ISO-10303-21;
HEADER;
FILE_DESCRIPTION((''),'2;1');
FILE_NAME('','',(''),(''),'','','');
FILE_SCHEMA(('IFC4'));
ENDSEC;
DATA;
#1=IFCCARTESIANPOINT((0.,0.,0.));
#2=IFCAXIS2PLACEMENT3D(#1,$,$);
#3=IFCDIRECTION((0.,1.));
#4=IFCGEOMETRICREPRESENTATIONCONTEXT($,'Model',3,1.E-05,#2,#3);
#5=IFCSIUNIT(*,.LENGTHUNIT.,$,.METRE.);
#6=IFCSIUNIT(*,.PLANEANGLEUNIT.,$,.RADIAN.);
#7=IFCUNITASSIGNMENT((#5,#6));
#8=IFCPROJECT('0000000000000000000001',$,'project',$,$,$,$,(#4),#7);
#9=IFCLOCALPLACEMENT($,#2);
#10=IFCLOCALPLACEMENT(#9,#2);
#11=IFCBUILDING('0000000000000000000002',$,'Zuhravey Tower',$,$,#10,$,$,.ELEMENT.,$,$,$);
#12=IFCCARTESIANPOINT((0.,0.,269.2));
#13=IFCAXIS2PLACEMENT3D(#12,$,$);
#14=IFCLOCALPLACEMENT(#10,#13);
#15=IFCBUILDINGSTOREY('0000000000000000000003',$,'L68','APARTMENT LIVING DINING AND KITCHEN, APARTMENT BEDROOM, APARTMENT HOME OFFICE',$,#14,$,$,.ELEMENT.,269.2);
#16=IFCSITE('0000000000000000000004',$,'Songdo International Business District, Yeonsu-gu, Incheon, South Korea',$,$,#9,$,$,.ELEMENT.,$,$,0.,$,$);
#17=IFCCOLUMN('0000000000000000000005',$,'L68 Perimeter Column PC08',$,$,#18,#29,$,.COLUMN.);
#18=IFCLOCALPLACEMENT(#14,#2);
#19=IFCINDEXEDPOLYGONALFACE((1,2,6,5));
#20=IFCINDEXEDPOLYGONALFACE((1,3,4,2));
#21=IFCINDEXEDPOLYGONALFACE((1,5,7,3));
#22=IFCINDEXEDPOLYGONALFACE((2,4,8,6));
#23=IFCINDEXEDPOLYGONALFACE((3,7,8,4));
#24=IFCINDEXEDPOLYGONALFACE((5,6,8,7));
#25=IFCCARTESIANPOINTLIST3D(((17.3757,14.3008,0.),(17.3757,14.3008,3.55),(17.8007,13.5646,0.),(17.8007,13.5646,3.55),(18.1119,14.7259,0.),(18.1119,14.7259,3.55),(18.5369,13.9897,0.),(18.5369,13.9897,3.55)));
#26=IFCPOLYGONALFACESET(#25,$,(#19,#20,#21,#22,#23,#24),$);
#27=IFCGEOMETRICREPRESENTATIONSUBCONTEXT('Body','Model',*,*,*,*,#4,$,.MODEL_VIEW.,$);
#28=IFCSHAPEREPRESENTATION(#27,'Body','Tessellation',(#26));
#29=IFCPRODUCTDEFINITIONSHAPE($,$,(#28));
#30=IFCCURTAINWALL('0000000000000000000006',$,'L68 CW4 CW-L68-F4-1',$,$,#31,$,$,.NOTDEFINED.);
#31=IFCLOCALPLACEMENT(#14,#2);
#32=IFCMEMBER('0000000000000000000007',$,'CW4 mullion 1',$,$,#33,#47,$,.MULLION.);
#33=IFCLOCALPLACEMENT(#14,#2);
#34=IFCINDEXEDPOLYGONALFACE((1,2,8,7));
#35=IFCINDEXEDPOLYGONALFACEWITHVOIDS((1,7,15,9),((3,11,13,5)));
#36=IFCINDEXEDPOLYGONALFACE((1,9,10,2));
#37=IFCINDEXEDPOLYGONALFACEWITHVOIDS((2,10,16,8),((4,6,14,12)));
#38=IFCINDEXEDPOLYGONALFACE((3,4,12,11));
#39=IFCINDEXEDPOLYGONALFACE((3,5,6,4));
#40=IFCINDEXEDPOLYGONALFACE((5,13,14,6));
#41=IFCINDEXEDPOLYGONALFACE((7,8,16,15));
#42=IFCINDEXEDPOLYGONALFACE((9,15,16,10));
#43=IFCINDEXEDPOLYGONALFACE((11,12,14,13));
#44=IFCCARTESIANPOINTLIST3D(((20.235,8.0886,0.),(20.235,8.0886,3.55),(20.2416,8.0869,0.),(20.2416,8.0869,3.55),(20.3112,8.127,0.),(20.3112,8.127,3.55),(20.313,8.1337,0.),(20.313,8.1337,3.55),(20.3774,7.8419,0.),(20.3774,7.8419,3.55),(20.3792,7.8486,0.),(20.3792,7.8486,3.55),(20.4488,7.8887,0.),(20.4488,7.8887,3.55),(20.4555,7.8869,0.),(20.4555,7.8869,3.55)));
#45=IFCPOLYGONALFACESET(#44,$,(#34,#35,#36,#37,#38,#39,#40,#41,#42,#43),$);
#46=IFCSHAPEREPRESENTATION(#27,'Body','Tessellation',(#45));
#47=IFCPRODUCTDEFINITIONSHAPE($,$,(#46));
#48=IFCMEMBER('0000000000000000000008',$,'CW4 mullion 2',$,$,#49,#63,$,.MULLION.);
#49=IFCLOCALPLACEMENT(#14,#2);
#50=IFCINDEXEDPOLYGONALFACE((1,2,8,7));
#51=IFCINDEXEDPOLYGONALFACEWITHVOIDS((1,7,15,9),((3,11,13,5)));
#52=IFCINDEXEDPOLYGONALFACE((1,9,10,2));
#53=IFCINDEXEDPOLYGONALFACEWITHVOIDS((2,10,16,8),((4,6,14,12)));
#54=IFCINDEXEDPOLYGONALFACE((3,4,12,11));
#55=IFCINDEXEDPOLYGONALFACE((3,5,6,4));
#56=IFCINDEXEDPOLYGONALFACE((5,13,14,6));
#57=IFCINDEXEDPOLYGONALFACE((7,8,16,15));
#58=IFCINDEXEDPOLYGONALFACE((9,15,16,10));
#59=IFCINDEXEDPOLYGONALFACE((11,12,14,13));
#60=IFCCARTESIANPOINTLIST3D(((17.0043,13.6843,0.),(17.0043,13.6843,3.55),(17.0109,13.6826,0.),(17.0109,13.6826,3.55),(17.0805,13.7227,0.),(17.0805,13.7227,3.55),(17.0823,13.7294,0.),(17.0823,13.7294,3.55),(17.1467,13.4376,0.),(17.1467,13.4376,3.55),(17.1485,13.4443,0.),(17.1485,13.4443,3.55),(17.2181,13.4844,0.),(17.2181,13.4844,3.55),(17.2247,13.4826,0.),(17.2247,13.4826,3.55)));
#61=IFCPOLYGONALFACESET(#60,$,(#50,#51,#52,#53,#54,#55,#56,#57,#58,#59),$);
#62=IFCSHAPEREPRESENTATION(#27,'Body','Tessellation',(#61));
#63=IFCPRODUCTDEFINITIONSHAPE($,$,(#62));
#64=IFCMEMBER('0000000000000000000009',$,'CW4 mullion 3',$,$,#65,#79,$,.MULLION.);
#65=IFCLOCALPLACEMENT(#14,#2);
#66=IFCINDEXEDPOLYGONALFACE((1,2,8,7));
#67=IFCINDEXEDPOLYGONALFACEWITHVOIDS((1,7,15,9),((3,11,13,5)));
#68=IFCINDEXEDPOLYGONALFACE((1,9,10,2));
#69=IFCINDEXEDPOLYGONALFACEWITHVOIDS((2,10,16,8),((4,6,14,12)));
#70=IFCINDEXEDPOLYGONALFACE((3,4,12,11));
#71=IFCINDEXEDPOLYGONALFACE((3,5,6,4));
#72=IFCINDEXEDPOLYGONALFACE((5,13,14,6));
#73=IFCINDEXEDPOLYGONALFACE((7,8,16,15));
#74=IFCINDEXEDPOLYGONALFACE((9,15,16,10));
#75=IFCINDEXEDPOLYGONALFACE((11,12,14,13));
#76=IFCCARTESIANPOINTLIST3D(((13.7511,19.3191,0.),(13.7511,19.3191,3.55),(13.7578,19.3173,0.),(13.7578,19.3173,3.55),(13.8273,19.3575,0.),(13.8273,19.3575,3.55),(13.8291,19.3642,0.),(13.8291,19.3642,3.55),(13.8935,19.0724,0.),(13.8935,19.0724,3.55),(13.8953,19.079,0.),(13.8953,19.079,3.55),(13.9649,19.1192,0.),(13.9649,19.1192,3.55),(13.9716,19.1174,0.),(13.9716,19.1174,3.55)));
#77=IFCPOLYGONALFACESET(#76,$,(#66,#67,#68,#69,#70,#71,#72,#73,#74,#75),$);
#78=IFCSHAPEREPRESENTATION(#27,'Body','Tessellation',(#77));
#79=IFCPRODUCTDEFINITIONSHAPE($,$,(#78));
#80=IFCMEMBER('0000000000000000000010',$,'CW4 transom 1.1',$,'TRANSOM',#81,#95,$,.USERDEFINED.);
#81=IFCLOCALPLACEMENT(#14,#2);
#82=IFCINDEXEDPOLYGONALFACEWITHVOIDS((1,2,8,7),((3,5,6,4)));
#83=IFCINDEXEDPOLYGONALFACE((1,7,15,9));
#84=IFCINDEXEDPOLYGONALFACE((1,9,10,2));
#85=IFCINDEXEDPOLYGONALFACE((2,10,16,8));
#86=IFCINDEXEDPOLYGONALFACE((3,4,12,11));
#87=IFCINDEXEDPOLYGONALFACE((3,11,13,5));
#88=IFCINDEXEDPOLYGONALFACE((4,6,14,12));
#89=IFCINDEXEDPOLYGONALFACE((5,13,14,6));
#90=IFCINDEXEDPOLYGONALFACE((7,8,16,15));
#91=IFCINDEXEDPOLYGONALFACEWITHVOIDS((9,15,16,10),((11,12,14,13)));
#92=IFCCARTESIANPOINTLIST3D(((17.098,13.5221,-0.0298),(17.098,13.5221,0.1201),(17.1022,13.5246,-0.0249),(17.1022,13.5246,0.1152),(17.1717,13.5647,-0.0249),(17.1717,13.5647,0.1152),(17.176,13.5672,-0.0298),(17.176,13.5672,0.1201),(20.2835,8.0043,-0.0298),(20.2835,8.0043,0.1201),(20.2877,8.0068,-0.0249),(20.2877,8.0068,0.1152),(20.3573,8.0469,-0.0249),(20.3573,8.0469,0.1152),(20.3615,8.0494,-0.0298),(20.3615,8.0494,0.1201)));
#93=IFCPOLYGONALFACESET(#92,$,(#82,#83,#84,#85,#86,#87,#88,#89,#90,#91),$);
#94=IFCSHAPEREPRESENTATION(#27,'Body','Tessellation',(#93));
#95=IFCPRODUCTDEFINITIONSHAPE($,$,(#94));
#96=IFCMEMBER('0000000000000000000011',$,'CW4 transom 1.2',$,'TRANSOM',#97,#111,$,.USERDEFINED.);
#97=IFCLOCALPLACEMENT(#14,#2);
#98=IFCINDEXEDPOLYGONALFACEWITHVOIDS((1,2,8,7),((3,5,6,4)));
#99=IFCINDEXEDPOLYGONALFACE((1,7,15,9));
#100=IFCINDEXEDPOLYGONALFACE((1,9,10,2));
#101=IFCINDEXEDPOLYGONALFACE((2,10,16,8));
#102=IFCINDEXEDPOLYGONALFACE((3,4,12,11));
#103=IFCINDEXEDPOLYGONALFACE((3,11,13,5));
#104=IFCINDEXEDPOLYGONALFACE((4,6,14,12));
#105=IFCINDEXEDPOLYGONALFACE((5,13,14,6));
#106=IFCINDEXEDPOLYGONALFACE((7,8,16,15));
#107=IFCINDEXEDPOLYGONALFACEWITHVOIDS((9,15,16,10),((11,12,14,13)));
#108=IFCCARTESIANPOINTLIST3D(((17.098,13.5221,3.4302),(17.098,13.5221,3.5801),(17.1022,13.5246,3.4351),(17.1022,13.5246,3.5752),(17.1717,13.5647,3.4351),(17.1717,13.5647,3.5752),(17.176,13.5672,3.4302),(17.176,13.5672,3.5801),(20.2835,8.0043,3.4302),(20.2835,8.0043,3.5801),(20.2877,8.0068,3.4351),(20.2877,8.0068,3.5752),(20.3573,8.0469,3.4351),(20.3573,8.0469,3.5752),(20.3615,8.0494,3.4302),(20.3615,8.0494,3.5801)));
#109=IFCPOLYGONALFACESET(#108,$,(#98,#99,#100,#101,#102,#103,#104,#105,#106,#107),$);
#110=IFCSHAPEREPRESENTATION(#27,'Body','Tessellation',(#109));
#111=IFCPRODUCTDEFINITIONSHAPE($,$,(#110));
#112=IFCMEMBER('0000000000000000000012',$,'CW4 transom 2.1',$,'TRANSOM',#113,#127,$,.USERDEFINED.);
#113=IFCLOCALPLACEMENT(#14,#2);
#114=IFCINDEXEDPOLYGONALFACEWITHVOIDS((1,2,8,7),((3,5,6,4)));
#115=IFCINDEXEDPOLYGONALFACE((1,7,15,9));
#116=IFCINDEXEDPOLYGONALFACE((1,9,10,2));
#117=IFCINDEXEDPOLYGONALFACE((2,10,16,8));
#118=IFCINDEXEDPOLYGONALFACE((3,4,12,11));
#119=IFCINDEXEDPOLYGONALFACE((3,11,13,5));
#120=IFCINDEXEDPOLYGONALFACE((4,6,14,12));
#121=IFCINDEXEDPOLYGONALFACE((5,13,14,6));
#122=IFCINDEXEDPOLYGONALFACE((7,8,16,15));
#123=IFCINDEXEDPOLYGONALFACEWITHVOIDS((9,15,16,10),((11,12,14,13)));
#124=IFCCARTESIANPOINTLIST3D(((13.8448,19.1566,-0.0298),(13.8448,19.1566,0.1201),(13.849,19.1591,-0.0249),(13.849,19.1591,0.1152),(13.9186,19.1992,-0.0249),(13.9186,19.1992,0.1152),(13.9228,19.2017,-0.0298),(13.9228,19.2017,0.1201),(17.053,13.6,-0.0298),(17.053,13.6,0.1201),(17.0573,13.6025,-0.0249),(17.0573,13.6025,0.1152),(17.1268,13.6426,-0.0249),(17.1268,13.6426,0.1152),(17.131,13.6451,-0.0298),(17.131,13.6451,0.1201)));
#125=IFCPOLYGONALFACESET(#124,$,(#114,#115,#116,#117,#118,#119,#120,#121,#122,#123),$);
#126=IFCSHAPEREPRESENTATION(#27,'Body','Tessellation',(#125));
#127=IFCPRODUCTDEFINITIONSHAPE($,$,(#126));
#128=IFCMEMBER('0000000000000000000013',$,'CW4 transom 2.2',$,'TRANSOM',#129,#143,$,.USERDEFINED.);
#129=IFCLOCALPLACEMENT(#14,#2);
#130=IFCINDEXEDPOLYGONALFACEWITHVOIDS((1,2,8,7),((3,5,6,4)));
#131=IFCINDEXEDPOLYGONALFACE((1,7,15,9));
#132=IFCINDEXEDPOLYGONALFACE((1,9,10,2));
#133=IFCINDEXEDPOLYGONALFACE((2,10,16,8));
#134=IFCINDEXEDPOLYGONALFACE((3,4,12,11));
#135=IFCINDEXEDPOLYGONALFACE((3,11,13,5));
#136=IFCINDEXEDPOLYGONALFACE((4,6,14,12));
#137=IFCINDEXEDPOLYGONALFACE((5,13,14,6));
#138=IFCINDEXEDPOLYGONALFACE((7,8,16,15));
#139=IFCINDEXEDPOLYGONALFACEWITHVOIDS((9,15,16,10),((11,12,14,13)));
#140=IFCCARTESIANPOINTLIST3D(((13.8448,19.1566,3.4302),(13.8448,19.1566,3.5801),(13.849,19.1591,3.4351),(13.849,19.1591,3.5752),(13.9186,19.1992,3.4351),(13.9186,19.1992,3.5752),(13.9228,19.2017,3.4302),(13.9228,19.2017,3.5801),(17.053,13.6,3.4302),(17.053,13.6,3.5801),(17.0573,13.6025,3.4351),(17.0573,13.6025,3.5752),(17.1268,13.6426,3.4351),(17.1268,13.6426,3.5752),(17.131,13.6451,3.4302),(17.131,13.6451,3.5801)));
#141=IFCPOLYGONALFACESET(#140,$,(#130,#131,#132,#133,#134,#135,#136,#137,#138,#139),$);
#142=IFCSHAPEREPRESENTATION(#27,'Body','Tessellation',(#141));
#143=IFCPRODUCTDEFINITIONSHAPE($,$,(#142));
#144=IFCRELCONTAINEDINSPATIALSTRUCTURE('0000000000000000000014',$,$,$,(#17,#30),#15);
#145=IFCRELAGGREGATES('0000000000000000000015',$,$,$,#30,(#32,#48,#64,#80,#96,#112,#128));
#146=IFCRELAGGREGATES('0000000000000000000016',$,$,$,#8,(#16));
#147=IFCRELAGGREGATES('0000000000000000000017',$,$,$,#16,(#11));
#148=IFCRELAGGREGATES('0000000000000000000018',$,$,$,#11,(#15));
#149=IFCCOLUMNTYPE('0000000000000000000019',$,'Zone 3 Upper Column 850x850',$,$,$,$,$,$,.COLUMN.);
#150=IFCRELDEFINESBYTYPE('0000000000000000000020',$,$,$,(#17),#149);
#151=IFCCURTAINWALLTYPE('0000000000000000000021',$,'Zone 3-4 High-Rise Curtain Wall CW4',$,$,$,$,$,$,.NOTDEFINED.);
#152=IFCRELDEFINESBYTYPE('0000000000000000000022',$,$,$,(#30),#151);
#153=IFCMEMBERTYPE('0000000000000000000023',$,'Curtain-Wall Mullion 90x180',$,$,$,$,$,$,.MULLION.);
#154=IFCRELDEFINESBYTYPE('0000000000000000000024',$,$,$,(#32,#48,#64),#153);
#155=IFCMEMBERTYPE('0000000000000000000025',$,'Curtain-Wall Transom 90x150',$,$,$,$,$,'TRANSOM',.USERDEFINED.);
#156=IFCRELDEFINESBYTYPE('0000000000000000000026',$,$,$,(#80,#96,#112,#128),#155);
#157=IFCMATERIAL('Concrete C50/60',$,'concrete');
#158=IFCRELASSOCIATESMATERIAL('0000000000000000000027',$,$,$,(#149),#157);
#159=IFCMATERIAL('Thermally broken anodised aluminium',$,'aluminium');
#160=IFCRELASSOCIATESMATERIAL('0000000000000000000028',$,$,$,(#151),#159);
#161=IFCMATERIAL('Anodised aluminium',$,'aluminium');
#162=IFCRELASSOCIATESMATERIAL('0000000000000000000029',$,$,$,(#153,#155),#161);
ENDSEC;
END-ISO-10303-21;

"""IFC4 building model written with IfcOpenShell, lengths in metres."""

from ifc_helpers import new_model, si_unit, direction, frame, origin, origin_2d, place, context, subcontext, project, spatial, rectangle, hollow_rectangle, extrude, material, material_profile, profile_set, type_object, element, aggregate, save


model = new_model("IFC4")

# Units and contexts
model_context = context("Model", 3, precision=1e-05, world=origin(), true_north=direction((0.0, 1.0)))
body_context = subcontext(model_context, "Body", "Model", "MODEL_VIEW")
ifc_project = project(units=[si_unit("LENGTHUNIT", "METRE"), si_unit("PLANEANGLEUNIT", "RADIAN")], contexts=[model_context])

# Site, building, storey
site_placement = place(None, origin())
site = spatial("IfcSite", under=ifc_project, at=site_placement, Name="Songdo International Business District, Yeonsu-gu, Incheon, South Korea", CompositionType="ELEMENT", RefElevation=0.0)
building_placement = place(site_placement, origin())
building = spatial("IfcBuilding", under=site, at=building_placement, Name="Zuhravey Tower", CompositionType="ELEMENT")
storey_placement = place(building_placement, frame((0.0, 0.0, 269.2)))
storey = spatial("IfcBuildingStorey", under=building, at=storey_placement, Name="L68", Description="APARTMENT LIVING DINING AND KITCHEN, APARTMENT BEDROOM, APARTMENT HOME OFFICE", CompositionType="ELEMENT", Elevation=269.2)

# Column
ifc_material_1 = material(Name="Concrete C50/60", Category="concrete")
ifc_material_profile_1 = material_profile(ifc_material_1, rectangle(XDim=0.8501, YDim=0.8501, at=origin_2d()), Name="RC-850x850")
ifc_profile_set_1 = profile_set([ifc_material_profile_1], Name="Concrete C50/60")
column_type = type_object("IfcColumnType", Name="Zone 3 Upper Column 850x850", PredefinedType="COLUMN", material=ifc_profile_set_1)
column_placement = place(storey_placement, frame((17.9563, 14.1453, 0.0), z_axis=(0.0, 0.0, 1.0), x_axis=(0.5, -0.866025, 0.0)))
element("IfcColumn", 1, at=column_placement, inside=storey, type_object=column_type, Name="L68 Perimeter Column PC08", PredefinedType="COLUMN", context=body_context, shape_type="SweptSolid", body=[
    extrude(rectangle(XDim=0.8501, YDim=0.8501, at=origin_2d()), origin(), (0.0, 0.0, 1.0), 3.55),
])

# Curtain wall, members
ifc_material_2 = material(Name="Thermally broken anodised aluminium", Category="aluminium")
curtain_wall_type = type_object("IfcCurtainWallType", Name="Zone 3-4 High-Rise Curtain Wall CW4", PredefinedType="NOTDEFINED", material=ifc_material_2)
curtain_wall_placement = place(storey_placement, origin())
curtain_wall = element("IfcCurtainWall", 2, at=curtain_wall_placement, inside=storey, type_object=curtain_wall_type, Name="L68 CW4 CW-L68-F4-1", PredefinedType="NOTDEFINED")
ifc_material_3 = material(Name="Anodised aluminium", Category="aluminium")
ifc_material_profile_2 = material_profile(ifc_material_3, hollow_rectangle(XDim=0.0901, YDim=0.2849, WallThickness=0.0049, at=origin_2d()), Name="ALU-RHS-90x285x5")
ifc_profile_set_2 = profile_set([ifc_material_profile_2], Name="Anodised aluminium")
member_type_1 = type_object("IfcMemberType", Name="Curtain-Wall Mullion 90x180", PredefinedType="MULLION", material=ifc_profile_set_2)
member_1_placement = place(storey_placement, frame((20.3452, 7.9878, 0.0), z_axis=(0.0, 0.0, 1.0), x_axis=(-0.866025, -0.500001, 0.0)))
member_1 = element("IfcMember", 3, at=member_1_placement, type_object=member_type_1, Name="CW4 mullion 1", PredefinedType="MULLION", context=body_context, shape_type="SweptSolid", body=[
    extrude(hollow_rectangle(XDim=0.0901, YDim=0.2849, WallThickness=0.0049, at=origin_2d()), origin(), (0.0, 0.0, 1.0), 3.55),
])
member_2_placement = place(storey_placement, frame((17.1145, 13.5835, 0.0), z_axis=(0.0, 0.0, 1.0), x_axis=(-0.866025, -0.500001, 0.0)))
member_2 = element("IfcMember", 4, at=member_2_placement, type_object=member_type_1, Name="CW4 mullion 2", PredefinedType="MULLION", context=body_context, shape_type="SweptSolid", body=[
    extrude(hollow_rectangle(XDim=0.0901, YDim=0.2849, WallThickness=0.0049, at=origin_2d()), origin(), (0.0, 0.0, 1.0), 3.55),
])
member_3_placement = place(storey_placement, frame((13.8613, 19.2183, 0.0), z_axis=(0.0, 0.0, 1.0), x_axis=(-0.866025, -0.500001, 0.0)))
member_3 = element("IfcMember", 5, at=member_3_placement, type_object=member_type_1, Name="CW4 mullion 3", PredefinedType="MULLION", context=body_context, shape_type="SweptSolid", body=[
    extrude(hollow_rectangle(XDim=0.0901, YDim=0.2849, WallThickness=0.0049, at=origin_2d()), origin(), (0.0, 0.0, 1.0), 3.55),
])
ifc_material_profile_3 = material_profile(ifc_material_3, hollow_rectangle(XDim=0.0901, YDim=0.1499, WallThickness=0.0049, at=origin_2d()), Name="ALU-RHS-90x150x5")
ifc_profile_set_3 = profile_set([ifc_material_profile_3], Name="Anodised aluminium")
member_type_2 = type_object("IfcMemberType", Name="Curtain-Wall Transom 90x150", ElementType="TRANSOM", PredefinedType="USERDEFINED", material=ifc_profile_set_3)
member_4_placement = place(storey_placement, frame((20.3225, 8.0269, 0.0452), z_axis=(-0.49998, 0.866037, 0.0), x_axis=(-0.866037, -0.49998, 0.0)))
member_4 = element("IfcMember", 6, at=member_4_placement, type_object=member_type_2, Name="CW4 transom 1.1", ObjectType="TRANSOM", PredefinedType="USERDEFINED", context=body_context, shape_type="SweptSolid", body=[
    extrude(hollow_rectangle(XDim=0.0901, YDim=0.1499, WallThickness=0.0049, at=origin_2d()), origin(), (0.0, 0.0, 1.0), 6.3713),
])
member_5_placement = place(storey_placement, frame((20.3225, 8.0269, 3.5051), z_axis=(-0.49998, 0.866037, 0.0), x_axis=(-0.866037, -0.49998, 0.0)))
member_5 = element("IfcMember", 7, at=member_5_placement, type_object=member_type_2, Name="CW4 transom 1.2", ObjectType="TRANSOM", PredefinedType="USERDEFINED", context=body_context, shape_type="SweptSolid", body=[
    extrude(hollow_rectangle(XDim=0.0901, YDim=0.1499, WallThickness=0.0049, at=origin_2d()), origin(), (0.0, 0.0, 1.0), 6.3713),
])
member_6_placement = place(storey_placement, frame((17.092, 13.6226, 0.0452), z_axis=(-0.500014, 0.866017, 0.0), x_axis=(-0.866017, -0.500014, 0.0)))
member_6 = element("IfcMember", 8, at=member_6_placement, type_object=member_type_2, Name="CW4 transom 2.1", ObjectType="TRANSOM", PredefinedType="USERDEFINED", context=body_context, shape_type="SweptSolid", body=[
    extrude(hollow_rectangle(XDim=0.0901, YDim=0.1499, WallThickness=0.0049, at=origin_2d()), origin(), (0.0, 0.0, 1.0), 6.4163),
])
member_7_placement = place(storey_placement, frame((17.092, 13.6226, 3.5051), z_axis=(-0.500014, 0.866017, 0.0), x_axis=(-0.866017, -0.500014, 0.0)))
member_7 = element("IfcMember", 9, at=member_7_placement, type_object=member_type_2, Name="CW4 transom 2.2", ObjectType="TRANSOM", PredefinedType="USERDEFINED", context=body_context, shape_type="SweptSolid", body=[
    extrude(hollow_rectangle(XDim=0.0901, YDim=0.1499, WallThickness=0.0049, at=origin_2d()), origin(), (0.0, 0.0, 1.0), 6.4163),
])

aggregate(curtain_wall, [member_1, member_2, member_3, member_4, member_5, member_6, member_7])

save(model, "model.ifc")
